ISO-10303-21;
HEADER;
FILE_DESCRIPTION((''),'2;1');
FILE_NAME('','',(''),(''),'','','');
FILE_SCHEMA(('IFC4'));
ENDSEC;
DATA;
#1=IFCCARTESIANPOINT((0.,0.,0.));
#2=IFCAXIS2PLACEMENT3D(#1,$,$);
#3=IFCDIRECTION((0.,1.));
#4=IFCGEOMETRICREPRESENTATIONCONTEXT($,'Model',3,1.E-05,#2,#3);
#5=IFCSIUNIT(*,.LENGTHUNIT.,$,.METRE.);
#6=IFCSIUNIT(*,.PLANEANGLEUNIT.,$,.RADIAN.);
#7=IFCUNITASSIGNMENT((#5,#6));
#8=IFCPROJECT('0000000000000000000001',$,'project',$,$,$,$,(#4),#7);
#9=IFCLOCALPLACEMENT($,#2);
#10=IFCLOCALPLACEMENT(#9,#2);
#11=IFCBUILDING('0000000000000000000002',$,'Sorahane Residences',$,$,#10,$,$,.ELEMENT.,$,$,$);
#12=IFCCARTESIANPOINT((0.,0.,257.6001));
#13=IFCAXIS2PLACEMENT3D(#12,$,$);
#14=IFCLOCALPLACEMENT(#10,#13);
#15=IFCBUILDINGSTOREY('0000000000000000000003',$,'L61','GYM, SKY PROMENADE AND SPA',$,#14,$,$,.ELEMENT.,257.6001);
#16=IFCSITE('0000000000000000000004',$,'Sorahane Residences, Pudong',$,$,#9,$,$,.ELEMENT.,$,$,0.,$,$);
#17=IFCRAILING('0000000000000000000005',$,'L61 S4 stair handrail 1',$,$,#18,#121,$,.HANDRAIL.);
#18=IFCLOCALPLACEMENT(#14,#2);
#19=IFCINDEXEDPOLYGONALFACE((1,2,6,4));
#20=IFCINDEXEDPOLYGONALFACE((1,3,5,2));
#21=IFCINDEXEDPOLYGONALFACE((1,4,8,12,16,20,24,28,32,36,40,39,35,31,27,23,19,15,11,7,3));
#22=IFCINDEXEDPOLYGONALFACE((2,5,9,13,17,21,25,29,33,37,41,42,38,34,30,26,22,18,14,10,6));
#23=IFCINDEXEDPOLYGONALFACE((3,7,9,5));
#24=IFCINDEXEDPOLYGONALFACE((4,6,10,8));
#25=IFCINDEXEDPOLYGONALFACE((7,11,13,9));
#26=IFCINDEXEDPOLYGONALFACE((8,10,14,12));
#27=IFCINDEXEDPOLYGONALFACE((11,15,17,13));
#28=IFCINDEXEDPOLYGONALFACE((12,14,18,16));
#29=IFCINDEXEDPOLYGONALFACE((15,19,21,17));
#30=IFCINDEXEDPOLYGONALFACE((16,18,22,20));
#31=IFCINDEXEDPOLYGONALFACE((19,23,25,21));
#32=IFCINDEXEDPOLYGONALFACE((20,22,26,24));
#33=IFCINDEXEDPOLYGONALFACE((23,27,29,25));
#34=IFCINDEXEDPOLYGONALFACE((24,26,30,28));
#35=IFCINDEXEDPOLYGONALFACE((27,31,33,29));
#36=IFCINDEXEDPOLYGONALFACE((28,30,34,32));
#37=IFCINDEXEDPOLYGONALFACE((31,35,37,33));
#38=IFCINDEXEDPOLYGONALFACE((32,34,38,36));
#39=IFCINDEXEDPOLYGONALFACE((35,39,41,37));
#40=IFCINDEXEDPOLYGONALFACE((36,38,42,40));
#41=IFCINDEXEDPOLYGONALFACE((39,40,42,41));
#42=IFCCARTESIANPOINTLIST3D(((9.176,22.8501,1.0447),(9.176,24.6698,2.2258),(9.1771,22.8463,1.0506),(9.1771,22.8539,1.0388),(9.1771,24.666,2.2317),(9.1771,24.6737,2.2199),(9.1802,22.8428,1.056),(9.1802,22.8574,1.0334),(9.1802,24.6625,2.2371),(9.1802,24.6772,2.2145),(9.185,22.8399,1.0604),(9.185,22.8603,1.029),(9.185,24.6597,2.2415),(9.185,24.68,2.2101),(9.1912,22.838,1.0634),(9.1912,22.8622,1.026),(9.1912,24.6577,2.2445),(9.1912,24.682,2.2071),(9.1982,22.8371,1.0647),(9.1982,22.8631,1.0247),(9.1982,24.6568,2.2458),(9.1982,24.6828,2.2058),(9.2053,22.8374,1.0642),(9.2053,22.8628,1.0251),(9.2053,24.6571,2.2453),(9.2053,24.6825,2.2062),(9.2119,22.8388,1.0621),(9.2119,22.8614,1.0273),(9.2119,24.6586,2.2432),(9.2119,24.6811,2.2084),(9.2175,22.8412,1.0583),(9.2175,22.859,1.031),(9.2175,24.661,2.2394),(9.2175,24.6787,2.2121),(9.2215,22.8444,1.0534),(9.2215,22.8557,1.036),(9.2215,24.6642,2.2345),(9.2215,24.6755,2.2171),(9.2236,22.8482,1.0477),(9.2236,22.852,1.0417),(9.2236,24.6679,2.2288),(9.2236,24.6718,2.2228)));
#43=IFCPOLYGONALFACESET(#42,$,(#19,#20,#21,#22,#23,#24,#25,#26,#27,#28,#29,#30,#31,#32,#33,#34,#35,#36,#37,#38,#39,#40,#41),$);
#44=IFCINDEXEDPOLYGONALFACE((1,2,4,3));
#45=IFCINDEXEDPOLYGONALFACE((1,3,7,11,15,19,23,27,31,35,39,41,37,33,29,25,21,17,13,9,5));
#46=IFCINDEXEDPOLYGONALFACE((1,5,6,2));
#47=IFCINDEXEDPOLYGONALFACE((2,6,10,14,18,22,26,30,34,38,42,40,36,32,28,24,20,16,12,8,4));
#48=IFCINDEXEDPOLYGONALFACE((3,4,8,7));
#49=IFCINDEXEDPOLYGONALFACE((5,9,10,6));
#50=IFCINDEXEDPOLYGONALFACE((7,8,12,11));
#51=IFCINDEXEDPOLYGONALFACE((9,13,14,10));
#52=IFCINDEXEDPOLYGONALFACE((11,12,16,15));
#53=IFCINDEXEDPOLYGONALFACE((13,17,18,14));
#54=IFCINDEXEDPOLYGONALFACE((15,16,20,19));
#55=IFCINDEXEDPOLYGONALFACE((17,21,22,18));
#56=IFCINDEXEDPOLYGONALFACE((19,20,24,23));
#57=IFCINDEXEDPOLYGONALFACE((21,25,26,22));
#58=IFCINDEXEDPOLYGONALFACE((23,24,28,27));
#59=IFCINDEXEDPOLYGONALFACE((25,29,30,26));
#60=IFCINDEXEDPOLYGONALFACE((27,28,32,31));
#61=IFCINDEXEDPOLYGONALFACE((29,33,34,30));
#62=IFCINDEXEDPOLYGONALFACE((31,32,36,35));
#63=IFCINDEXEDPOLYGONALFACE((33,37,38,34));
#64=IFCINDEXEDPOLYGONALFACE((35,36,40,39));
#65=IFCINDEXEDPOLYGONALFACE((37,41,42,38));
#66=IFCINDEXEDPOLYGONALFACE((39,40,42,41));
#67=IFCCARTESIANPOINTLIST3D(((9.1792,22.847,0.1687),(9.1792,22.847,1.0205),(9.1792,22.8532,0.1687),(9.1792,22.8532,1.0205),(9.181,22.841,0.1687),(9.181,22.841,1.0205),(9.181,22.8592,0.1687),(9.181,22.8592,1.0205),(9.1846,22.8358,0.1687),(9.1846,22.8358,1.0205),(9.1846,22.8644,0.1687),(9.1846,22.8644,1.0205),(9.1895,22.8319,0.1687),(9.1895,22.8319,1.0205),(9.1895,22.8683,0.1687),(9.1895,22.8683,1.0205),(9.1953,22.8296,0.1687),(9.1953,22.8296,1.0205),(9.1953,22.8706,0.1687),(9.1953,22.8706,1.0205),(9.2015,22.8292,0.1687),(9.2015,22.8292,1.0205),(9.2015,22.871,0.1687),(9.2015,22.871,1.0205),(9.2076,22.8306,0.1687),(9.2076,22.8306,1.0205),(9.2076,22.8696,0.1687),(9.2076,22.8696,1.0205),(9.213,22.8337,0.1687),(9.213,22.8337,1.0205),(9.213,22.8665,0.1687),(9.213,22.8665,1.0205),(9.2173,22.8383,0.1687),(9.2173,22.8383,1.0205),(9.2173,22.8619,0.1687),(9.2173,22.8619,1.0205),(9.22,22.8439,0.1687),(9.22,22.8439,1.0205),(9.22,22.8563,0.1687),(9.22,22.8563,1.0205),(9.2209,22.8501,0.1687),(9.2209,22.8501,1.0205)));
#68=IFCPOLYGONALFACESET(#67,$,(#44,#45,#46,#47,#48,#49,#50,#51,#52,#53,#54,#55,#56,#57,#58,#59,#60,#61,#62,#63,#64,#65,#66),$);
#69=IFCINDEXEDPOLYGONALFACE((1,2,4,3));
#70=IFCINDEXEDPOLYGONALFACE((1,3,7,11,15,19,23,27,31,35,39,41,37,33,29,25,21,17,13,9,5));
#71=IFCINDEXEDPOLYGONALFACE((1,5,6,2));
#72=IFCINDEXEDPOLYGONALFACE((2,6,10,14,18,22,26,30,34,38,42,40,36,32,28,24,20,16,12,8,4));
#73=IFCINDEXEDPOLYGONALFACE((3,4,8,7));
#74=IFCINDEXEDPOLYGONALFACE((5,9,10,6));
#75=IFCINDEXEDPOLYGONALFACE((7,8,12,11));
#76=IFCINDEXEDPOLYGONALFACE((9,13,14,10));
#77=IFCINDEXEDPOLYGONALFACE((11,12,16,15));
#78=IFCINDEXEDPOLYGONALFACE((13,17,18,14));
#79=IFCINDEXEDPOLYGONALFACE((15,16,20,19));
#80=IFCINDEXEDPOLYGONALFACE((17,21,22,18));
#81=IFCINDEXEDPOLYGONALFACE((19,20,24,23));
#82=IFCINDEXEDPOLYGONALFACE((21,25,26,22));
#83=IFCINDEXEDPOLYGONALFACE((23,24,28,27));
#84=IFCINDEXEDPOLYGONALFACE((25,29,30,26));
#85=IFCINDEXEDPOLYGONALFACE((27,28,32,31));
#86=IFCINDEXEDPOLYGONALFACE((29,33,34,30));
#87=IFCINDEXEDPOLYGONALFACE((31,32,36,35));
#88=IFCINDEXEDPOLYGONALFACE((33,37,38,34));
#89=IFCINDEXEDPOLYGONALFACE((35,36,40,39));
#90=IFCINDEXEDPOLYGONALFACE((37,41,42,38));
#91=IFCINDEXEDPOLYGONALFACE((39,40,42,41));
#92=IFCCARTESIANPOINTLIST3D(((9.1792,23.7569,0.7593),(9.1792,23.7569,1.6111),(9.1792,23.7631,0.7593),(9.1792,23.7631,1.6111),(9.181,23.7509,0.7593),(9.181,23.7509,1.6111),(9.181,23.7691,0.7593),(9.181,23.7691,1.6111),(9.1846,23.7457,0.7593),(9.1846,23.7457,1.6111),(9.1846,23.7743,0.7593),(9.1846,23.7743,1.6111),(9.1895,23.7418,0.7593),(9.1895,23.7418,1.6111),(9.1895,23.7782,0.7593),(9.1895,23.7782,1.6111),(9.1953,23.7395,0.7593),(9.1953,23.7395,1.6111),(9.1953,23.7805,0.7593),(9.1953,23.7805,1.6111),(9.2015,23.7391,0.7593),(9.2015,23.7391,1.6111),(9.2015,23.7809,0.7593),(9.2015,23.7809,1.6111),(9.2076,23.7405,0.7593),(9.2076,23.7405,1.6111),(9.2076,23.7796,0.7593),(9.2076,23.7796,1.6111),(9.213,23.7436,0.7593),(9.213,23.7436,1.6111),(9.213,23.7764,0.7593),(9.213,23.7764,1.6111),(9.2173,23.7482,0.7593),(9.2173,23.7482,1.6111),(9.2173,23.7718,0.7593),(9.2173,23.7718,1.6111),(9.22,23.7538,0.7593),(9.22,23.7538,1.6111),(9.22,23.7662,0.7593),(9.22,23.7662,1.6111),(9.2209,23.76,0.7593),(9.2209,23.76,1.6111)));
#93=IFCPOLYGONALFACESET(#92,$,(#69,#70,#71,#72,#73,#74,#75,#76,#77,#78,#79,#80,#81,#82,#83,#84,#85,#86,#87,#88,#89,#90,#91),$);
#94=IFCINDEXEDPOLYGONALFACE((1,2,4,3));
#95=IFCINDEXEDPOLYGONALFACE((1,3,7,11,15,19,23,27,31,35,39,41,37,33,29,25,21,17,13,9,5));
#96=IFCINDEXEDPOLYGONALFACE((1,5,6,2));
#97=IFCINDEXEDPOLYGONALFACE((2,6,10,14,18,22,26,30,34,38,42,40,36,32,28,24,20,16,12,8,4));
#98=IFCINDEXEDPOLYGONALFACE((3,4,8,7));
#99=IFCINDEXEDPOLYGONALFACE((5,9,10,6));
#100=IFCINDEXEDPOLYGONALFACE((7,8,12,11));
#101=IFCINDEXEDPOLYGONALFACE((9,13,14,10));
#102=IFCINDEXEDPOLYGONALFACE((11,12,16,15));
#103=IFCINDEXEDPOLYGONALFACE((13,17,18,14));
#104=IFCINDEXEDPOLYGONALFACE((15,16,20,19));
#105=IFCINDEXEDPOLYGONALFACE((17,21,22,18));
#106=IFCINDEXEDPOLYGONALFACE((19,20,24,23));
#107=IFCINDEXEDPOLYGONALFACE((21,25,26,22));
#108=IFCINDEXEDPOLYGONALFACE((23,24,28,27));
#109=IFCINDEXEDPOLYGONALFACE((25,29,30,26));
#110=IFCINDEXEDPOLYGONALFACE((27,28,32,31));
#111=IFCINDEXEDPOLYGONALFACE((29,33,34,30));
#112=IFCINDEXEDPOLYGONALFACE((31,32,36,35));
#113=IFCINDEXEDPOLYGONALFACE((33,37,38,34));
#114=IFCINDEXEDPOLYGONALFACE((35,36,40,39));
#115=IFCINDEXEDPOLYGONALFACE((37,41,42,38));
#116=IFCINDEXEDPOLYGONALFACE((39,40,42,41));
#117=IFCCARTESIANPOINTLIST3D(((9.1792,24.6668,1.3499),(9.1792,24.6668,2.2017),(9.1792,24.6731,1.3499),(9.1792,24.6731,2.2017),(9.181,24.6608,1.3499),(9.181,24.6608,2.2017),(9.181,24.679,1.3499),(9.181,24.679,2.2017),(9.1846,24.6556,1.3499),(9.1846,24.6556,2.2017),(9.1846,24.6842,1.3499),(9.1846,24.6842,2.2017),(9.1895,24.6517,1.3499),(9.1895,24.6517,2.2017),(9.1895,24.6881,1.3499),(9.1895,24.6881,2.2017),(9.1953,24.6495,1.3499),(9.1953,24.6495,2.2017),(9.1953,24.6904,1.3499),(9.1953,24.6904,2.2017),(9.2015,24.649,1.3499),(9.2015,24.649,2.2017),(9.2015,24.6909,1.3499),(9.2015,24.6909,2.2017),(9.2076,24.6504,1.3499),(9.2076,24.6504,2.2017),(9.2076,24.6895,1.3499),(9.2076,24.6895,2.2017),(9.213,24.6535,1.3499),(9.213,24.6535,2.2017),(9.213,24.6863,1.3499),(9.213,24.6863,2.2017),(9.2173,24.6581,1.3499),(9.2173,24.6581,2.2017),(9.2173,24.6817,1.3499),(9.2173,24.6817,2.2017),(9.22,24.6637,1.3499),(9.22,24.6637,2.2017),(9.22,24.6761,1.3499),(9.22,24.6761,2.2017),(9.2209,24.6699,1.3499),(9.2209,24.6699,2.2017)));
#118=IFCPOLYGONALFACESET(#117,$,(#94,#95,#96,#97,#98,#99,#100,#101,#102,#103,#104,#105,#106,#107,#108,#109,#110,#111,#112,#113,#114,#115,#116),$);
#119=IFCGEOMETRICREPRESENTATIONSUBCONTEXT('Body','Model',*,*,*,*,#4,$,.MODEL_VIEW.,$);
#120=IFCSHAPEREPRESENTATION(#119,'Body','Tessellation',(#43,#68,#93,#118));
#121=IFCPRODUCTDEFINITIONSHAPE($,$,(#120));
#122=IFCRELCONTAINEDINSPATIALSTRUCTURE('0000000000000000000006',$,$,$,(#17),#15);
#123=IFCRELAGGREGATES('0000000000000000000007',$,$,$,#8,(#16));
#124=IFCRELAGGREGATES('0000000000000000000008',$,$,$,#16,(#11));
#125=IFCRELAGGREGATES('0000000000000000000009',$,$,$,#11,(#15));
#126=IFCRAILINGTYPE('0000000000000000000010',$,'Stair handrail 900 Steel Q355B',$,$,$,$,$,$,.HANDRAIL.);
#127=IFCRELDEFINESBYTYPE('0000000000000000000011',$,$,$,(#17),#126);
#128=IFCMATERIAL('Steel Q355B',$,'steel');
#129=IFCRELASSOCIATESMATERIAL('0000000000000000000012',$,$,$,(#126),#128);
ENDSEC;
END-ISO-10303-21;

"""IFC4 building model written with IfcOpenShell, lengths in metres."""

from ifc_helpers import new_model, si_unit, direction, frame, origin, origin_2d, place, context, subcontext, project, spatial, circle, extrude, material, type_object, element, save


model = new_model("IFC4")

# Units and contexts
model_context = context("Model", 3, precision=1e-05, world=origin(), true_north=direction((0.0, 1.0)))
body_context = subcontext(model_context, "Body", "Model", "MODEL_VIEW")
ifc_project = project(units=[si_unit("LENGTHUNIT", "METRE"), si_unit("PLANEANGLEUNIT", "RADIAN")], contexts=[model_context])

# Site, building, storey
site_placement = place(None, origin())
site = spatial("IfcSite", under=ifc_project, at=site_placement, Name="Sorahane Residences, Pudong", CompositionType="ELEMENT", RefElevation=0.0)
building_placement = place(site_placement, origin())
building = spatial("IfcBuilding", under=site, at=building_placement, Name="Sorahane Residences", CompositionType="ELEMENT")
storey_placement = place(building_placement, frame((0.0, 0.0, 257.6001)))
storey = spatial("IfcBuildingStorey", under=building, at=storey_placement, Name="L61", Description="GYM, SKY PROMENADE AND SPA", CompositionType="ELEMENT", Elevation=257.6001)

# Railing
ifc_material_1 = material(Name="Steel Q355B", Category="steel")
railing_type_1 = type_object("IfcRailingType", Name="Stair handrail 900 Steel Q355B", PredefinedType="HANDRAIL", material=ifc_material_1)
railing_1_placement = place(storey_placement, frame((9.2, 22.8501, 0.1687)))
element("IfcRailing", 1, at=railing_1_placement, inside=storey, type_object=railing_type_1, Name="L61 S4 stair handrail 1", PredefinedType="HANDRAIL", context=body_context, shape_type="SweptSolid", body=[
    extrude(circle(Radius=0.0239, at=origin_2d()), frame((0.0, 0.0, 0.876), z_axis=(0.0, 0.838809, 0.544427), x_axis=(-1.0, 0.0, 0.0)), (0.0, 0.0, 1.0), 2.1694),
    extrude(circle(Radius=0.021, at=origin_2d()), origin(), (0.0, 0.0, 1.0), 0.8518),
    extrude(circle(Radius=0.021, at=origin_2d()), frame((0.0, 0.9099, 0.5906)), (0.0, 0.0, 1.0), 0.8518),
    extrude(circle(Radius=0.021, at=origin_2d()), frame((0.0, 1.8198, 1.1812)), (0.0, 0.0, 1.0), 0.8518),
])

save(model, "model.ifc")
